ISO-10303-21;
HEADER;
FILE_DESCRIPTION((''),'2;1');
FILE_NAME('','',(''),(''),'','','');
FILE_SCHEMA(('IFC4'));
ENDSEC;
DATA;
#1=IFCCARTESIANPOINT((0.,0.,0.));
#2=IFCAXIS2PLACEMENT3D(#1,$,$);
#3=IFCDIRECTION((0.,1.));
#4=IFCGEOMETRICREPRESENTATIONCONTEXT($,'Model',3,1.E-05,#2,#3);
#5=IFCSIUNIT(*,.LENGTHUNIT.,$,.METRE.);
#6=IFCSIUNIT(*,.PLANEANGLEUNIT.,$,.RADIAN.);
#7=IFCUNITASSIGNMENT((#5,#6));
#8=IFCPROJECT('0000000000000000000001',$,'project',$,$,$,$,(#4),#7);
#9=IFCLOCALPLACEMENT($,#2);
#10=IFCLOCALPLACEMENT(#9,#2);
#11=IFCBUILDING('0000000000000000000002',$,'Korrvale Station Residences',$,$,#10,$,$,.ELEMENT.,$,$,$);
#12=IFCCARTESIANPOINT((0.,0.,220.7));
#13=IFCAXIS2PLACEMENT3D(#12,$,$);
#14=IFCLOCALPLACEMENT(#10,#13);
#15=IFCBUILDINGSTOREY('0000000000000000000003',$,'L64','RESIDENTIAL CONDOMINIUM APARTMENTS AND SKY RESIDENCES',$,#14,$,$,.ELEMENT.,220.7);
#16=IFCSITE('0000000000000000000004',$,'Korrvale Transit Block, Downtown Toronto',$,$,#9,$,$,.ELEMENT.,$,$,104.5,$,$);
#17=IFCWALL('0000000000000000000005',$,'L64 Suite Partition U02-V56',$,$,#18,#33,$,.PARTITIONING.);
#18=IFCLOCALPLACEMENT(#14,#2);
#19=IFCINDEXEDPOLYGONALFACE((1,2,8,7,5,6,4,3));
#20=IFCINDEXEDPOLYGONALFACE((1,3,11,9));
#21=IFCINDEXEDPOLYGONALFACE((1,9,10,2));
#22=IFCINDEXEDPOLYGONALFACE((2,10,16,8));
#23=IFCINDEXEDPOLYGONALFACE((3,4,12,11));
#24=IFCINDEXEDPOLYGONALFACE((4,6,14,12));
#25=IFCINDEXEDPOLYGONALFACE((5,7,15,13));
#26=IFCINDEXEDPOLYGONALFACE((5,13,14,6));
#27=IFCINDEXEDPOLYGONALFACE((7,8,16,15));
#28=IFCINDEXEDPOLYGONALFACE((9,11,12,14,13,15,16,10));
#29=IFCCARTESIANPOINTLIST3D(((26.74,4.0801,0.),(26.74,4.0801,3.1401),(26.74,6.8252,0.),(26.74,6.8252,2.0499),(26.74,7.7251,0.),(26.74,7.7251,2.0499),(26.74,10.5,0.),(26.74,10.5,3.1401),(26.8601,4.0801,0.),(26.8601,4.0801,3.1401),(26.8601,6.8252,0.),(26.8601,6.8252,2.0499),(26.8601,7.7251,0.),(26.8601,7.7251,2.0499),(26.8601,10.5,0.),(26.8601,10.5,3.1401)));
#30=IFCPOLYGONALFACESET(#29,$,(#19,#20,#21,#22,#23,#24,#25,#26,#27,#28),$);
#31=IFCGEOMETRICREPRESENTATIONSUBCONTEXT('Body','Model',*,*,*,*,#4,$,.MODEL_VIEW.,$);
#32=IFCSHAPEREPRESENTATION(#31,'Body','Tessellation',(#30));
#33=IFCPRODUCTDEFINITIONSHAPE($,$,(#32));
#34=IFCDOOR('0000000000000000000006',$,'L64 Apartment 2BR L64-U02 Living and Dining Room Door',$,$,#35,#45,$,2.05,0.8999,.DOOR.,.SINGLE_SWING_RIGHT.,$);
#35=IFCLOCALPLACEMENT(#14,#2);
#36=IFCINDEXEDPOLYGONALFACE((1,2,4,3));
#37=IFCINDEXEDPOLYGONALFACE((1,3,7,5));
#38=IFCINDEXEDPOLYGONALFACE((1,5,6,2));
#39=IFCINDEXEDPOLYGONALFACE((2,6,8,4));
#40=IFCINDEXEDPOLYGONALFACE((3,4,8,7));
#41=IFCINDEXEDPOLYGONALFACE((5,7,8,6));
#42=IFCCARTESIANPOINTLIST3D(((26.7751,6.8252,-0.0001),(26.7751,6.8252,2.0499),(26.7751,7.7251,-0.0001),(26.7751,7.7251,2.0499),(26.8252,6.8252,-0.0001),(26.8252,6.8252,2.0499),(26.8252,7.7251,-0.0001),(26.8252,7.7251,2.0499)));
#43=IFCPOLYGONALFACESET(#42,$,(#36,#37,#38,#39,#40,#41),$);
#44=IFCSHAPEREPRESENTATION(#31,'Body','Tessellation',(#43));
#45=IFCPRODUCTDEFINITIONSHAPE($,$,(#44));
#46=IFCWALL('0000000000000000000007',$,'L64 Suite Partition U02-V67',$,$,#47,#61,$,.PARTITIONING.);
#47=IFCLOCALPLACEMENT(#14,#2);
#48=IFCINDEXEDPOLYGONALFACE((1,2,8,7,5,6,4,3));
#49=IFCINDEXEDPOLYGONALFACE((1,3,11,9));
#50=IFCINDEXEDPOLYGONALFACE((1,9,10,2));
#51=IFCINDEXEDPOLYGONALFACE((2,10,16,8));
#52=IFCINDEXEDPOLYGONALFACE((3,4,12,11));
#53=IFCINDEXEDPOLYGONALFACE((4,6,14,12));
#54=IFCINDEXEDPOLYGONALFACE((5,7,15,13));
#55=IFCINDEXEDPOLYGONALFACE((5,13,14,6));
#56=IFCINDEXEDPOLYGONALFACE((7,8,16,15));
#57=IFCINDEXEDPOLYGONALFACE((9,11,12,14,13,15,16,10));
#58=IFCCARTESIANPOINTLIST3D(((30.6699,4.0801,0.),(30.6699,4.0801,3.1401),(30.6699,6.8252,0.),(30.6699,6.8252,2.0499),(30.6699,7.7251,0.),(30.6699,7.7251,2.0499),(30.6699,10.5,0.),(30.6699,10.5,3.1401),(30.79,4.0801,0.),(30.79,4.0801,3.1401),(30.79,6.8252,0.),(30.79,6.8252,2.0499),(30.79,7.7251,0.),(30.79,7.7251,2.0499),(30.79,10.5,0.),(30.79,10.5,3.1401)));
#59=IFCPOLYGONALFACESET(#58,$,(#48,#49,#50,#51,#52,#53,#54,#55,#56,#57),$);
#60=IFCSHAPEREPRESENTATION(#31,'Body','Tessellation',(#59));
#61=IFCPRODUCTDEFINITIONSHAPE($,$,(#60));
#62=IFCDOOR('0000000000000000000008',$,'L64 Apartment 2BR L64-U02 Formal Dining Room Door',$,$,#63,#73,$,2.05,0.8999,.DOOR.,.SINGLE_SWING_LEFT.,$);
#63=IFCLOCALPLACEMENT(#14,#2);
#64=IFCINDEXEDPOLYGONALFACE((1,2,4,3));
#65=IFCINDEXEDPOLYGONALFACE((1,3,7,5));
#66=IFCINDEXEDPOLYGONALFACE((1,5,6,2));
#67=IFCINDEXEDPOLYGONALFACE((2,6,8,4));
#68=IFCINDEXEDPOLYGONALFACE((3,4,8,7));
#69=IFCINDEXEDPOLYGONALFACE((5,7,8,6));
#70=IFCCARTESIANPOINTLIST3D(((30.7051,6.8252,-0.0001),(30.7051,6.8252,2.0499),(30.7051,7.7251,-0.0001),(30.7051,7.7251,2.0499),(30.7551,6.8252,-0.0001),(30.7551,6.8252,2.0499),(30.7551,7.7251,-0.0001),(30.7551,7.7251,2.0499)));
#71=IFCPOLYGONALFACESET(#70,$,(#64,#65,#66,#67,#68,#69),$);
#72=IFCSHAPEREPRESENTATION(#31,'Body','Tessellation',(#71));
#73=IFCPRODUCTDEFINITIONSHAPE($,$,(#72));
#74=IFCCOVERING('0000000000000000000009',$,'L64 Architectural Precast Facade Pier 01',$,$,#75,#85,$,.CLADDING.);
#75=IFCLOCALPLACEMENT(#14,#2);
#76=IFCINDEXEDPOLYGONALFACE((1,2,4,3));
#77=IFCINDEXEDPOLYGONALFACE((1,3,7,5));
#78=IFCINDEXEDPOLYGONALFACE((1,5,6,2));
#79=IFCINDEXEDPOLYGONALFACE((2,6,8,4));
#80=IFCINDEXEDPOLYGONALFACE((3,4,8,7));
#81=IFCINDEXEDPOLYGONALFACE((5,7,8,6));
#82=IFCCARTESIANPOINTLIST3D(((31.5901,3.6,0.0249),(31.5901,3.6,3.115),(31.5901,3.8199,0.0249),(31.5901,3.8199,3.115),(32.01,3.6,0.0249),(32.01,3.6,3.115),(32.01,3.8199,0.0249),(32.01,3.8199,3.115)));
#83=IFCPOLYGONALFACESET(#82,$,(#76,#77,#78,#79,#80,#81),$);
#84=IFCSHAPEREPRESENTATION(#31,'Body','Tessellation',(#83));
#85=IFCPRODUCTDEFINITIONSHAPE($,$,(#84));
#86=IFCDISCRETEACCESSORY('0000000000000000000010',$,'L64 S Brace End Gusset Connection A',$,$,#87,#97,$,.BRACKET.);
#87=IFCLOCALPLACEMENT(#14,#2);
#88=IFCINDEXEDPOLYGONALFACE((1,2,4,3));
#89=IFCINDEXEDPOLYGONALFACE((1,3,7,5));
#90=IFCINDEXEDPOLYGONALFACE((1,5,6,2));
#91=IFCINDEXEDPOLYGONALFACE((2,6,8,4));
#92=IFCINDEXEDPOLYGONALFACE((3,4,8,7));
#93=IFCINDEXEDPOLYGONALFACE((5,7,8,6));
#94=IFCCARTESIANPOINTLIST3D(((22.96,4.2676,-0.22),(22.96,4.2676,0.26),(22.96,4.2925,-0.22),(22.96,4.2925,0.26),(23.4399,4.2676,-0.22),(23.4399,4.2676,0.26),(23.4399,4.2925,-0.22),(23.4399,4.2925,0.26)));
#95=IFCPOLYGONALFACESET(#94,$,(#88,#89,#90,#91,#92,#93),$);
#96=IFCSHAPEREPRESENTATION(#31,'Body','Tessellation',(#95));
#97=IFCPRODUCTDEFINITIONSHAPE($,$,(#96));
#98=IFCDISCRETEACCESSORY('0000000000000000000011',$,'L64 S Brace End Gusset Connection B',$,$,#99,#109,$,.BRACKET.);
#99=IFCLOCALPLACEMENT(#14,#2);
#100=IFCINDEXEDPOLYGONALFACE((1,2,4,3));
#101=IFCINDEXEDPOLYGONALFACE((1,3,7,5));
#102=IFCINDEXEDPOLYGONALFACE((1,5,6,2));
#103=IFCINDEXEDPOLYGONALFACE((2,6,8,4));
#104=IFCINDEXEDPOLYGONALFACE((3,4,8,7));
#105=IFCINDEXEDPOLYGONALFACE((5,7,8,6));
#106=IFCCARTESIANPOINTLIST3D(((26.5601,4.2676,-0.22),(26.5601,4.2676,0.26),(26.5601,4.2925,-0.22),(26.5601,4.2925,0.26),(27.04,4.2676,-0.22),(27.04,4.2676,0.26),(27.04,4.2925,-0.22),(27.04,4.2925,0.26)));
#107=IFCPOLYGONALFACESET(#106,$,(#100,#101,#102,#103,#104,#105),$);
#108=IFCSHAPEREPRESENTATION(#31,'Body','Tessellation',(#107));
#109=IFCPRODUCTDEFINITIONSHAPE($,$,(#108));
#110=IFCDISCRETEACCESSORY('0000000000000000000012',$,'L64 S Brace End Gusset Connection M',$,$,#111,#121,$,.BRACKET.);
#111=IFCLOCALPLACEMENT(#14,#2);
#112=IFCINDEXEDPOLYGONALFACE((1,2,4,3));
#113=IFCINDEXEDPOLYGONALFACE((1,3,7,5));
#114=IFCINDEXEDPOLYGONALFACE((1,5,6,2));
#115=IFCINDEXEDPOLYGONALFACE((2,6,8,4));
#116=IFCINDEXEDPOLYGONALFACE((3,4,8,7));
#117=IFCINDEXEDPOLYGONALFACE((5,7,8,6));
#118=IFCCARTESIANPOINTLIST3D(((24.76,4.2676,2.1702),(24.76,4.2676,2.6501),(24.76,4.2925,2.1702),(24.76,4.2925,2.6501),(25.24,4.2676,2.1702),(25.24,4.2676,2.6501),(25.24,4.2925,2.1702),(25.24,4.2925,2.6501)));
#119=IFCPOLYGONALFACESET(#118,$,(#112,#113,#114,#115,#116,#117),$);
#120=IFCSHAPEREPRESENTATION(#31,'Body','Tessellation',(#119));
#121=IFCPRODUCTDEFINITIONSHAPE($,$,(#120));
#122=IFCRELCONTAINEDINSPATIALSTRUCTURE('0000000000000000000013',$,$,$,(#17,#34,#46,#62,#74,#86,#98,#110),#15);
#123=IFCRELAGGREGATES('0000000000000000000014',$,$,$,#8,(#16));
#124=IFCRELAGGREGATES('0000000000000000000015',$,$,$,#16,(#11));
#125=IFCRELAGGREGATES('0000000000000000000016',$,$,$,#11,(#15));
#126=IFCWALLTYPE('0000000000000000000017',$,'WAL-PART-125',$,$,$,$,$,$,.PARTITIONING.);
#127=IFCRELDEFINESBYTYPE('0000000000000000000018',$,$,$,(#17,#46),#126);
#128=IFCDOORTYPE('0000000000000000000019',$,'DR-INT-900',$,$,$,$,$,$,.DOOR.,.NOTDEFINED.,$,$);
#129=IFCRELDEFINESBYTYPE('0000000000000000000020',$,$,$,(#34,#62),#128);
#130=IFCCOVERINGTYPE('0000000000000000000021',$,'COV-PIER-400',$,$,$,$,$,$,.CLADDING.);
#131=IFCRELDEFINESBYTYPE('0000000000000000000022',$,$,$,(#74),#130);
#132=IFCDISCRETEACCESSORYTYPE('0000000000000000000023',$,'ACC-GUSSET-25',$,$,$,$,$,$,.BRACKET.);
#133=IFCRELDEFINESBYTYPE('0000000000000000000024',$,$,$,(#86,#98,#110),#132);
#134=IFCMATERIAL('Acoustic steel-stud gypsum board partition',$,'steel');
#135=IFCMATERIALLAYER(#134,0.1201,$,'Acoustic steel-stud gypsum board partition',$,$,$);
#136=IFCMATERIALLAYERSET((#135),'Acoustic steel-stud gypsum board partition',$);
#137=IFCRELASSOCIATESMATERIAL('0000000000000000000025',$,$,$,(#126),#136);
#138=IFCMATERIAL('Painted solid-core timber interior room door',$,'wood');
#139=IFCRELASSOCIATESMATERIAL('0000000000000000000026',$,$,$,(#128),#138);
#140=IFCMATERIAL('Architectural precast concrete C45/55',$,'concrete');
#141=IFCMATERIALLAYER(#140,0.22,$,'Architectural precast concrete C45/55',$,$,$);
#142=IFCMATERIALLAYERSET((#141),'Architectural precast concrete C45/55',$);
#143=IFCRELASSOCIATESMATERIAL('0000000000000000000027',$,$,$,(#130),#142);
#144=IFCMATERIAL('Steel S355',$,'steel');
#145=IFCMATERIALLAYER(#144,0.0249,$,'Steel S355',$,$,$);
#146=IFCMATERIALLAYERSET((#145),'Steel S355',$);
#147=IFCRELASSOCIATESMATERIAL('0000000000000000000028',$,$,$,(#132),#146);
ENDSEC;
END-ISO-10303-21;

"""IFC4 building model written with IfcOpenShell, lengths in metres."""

from ifc_helpers import new_model, si_unit, direction, frame, frame_2d, origin, origin_2d, place, context, subcontext, project, spatial, rectangle, extrude, material, layer, layer_set, type_object, element, fill, save


model = new_model("IFC4")

# Units and contexts
model_context = context("Model", 3, precision=1e-05, world=origin(), true_north=direction((0.0, 1.0)))
body_context = subcontext(model_context, "Body", "Model", "MODEL_VIEW")
ifc_project = project(units=[si_unit("LENGTHUNIT", "METRE"), si_unit("PLANEANGLEUNIT", "RADIAN")], contexts=[model_context])

# Site, building, storey
site_placement = place(None, origin())
site = spatial("IfcSite", under=ifc_project, at=site_placement, Name="Korrvale Transit Block, Downtown Toronto", CompositionType="ELEMENT", RefElevation=104.5)
building_placement = place(site_placement, origin())
building = spatial("IfcBuilding", under=site, at=building_placement, Name="Korrvale Station Residences", CompositionType="ELEMENT")
storey_placement = place(building_placement, frame((0.0, 0.0, 220.7)))
storey = spatial("IfcBuildingStorey", under=building, at=storey_placement, Name="L64", Description="RESIDENTIAL CONDOMINIUM APARTMENTS AND SKY RESIDENCES", CompositionType="ELEMENT", Elevation=220.7)

# Shared definitions
ifc_material_1 = material(Name="Steel S355", Category="steel")

# Shared definitions
ifc_material_2 = material(Name="Acoustic steel-stud gypsum board partition", Category="steel")
ifc_layer_1 = layer(ifc_material_2, 0.1201, Name="Acoustic steel-stud gypsum board partition")
ifc_layer_set_1 = layer_set([ifc_layer_1], Name="Acoustic steel-stud gypsum board partition")
wall_type = type_object("IfcWallType", Name="WAL-PART-125", PredefinedType="PARTITIONING", material=ifc_layer_set_1)
ifc_material_3 = material(Name="Painted solid-core timber interior room door", Category="wood")
door_type = type_object("IfcDoorType", Name="DR-INT-900", OperationType="NOTDEFINED", PredefinedType="DOOR", material=ifc_material_3)

# Walls, openings, doors
wall_1_placement = place(storey_placement, frame((26.8, 4.0801, 0.0), z_axis=(0.0, 0.0, 1.0), x_axis=(0.0, 1.0, 0.0)))
wall_1 = element("IfcWall", 1, at=wall_1_placement, inside=storey, type_object=wall_type, Name="L64 Suite Partition U02-V56", PredefinedType="PARTITIONING", context=body_context, shape_type="SweptSolid", body=[
    extrude(rectangle(XDim=6.4199, YDim=0.1201, at=frame_2d((3.21, 0.0))), origin(), (0.0, 0.0, 1.0), 3.1401),
])
opening_1_placement = place(wall_1_placement, frame((2.7451, 0.0, 0.0)))
opening_1 = element("IfcOpeningElement", 2, at=opening_1_placement, cuts=wall_1, PredefinedType="OPENING", context=body_context, shape_type="SweptSolid", body=[
    extrude(rectangle(XDim=0.8999, YDim=2.05, at=frame_2d((0.45, 1.0249))), frame((0.0, 0.0701, 0.0), z_axis=(0.0, -1.0, 0.0), x_axis=(1.0, 0.0, 0.0)), (0.0, 0.0, 1.0), 0.1401),
])
door_1_placement = place(opening_1_placement, origin())
door_1 = element("IfcDoor", 3, at=door_1_placement, inside=storey, type_object=door_type, Name="L64 Apartment 2BR L64-U02 Living and Dining Room Door", OperationType="SINGLE_SWING_RIGHT", OverallHeight=2.05, OverallWidth=0.8999, PredefinedType="DOOR", context=body_context, shape_type="SweptSolid", body=[
    extrude(rectangle(XDim=0.8999, YDim=2.05, at=frame_2d((0.45, 1.0249))), frame((0.0, 0.0249, 0.0), z_axis=(0.0, -1.0, 0.0), x_axis=(1.0, 0.0, 0.0)), (0.0, 0.0, 1.0), 0.05),
])
fill(opening_1, door_1)
wall_2_placement = place(storey_placement, frame((30.73, 4.0801, 0.0), z_axis=(0.0, 0.0, 1.0), x_axis=(0.0, 1.0, 0.0)))
wall_2 = element("IfcWall", 4, at=wall_2_placement, inside=storey, type_object=wall_type, Name="L64 Suite Partition U02-V67", PredefinedType="PARTITIONING", context=body_context, shape_type="SweptSolid", body=[
    extrude(rectangle(XDim=6.4199, YDim=0.1201, at=frame_2d((3.21, 0.0))), origin(), (0.0, 0.0, 1.0), 3.1401),
])
opening_2_placement = place(wall_2_placement, frame((2.7451, 0.0, 0.0)))
opening_2 = element("IfcOpeningElement", 5, at=opening_2_placement, cuts=wall_2, PredefinedType="OPENING", context=body_context, shape_type="SweptSolid", body=[
    extrude(rectangle(XDim=0.8999, YDim=2.05, at=frame_2d((0.45, 1.0249))), frame((0.0, 0.0701, 0.0), z_axis=(0.0, -1.0, 0.0), x_axis=(1.0, 0.0, 0.0)), (0.0, 0.0, 1.0), 0.1401),
])
door_2_placement = place(opening_2_placement, origin())
door_2 = element("IfcDoor", 6, at=door_2_placement, inside=storey, type_object=door_type, Name="L64 Apartment 2BR L64-U02 Formal Dining Room Door", OperationType="SINGLE_SWING_LEFT", OverallHeight=2.05, OverallWidth=0.8999, PredefinedType="DOOR", context=body_context, shape_type="SweptSolid", body=[
    extrude(rectangle(XDim=0.8999, YDim=2.05, at=frame_2d((0.45, 1.0249))), frame((0.0, 0.0249, 0.0), z_axis=(0.0, -1.0, 0.0), x_axis=(1.0, 0.0, 0.0)), (0.0, 0.0, 1.0), 0.05),
])
fill(opening_2, door_2)

# Covering
ifc_material_4 = material(Name="Architectural precast concrete C45/55", Category="concrete")
ifc_layer_2 = layer(ifc_material_4, 0.22, Name="Architectural precast concrete C45/55")
ifc_layer_set_2 = layer_set([ifc_layer_2], Name="Architectural precast concrete C45/55")
covering_type = type_object("IfcCoveringType", Name="COV-PIER-400", PredefinedType="CLADDING", material=ifc_layer_set_2)
covering_placement = place(storey_placement, frame((31.8, 3.71, 0.0249), z_axis=(0.0, 0.0, 1.0), x_axis=(1.0, 0.0, 0.0)))
element("IfcCovering", 7, at=covering_placement, inside=storey, type_object=covering_type, Name="L64 Architectural Precast Facade Pier 01", PredefinedType="CLADDING", context=body_context, shape_type="SweptSolid", body=[
    extrude(rectangle(XDim=0.4199, YDim=0.22, at=origin_2d()), origin(), (0.0, 0.0, 1.0), 3.0901),
])

# Discrete accessories
ifc_layer_3 = layer(ifc_material_1, 0.0249, Name="Steel S355")
ifc_layer_set_3 = layer_set([ifc_layer_3], Name="Steel S355")
discrete_accessory_type = type_object("IfcDiscreteAccessoryType", Name="ACC-GUSSET-25", PredefinedType="BRACKET", material=ifc_layer_set_3)
for number, where, z_axis, x_axis, name in (
    (8, (23.2, 4.28, -0.22), (0.0, 0.0, 1.0), (1.0, 0.0, 0.0), "L64 S Brace End Gusset Connection A"),
    (9, (26.8, 4.28, -0.22), (0.0, 0.0, 1.0), (1.0, 0.0, 0.0), "L64 S Brace End Gusset Connection B"),
    (10, (25.0, 4.28, 2.1702), (0.0, 0.0, 1.0), (1.0, 0.0, 0.0), "L64 S Brace End Gusset Connection M"),
):
    element("IfcDiscreteAccessory", number, at=place(storey_placement, frame(where, z_axis=z_axis, x_axis=x_axis)), inside=storey, type_object=discrete_accessory_type, Name=name, PredefinedType="BRACKET", context=body_context, shape_type="SweptSolid", body=[
        extrude(rectangle(XDim=0.48, YDim=0.0249, at=origin_2d()), origin(), (0.0, 0.0, 1.0), 0.48),
    ])

save(model, "model.ifc")
